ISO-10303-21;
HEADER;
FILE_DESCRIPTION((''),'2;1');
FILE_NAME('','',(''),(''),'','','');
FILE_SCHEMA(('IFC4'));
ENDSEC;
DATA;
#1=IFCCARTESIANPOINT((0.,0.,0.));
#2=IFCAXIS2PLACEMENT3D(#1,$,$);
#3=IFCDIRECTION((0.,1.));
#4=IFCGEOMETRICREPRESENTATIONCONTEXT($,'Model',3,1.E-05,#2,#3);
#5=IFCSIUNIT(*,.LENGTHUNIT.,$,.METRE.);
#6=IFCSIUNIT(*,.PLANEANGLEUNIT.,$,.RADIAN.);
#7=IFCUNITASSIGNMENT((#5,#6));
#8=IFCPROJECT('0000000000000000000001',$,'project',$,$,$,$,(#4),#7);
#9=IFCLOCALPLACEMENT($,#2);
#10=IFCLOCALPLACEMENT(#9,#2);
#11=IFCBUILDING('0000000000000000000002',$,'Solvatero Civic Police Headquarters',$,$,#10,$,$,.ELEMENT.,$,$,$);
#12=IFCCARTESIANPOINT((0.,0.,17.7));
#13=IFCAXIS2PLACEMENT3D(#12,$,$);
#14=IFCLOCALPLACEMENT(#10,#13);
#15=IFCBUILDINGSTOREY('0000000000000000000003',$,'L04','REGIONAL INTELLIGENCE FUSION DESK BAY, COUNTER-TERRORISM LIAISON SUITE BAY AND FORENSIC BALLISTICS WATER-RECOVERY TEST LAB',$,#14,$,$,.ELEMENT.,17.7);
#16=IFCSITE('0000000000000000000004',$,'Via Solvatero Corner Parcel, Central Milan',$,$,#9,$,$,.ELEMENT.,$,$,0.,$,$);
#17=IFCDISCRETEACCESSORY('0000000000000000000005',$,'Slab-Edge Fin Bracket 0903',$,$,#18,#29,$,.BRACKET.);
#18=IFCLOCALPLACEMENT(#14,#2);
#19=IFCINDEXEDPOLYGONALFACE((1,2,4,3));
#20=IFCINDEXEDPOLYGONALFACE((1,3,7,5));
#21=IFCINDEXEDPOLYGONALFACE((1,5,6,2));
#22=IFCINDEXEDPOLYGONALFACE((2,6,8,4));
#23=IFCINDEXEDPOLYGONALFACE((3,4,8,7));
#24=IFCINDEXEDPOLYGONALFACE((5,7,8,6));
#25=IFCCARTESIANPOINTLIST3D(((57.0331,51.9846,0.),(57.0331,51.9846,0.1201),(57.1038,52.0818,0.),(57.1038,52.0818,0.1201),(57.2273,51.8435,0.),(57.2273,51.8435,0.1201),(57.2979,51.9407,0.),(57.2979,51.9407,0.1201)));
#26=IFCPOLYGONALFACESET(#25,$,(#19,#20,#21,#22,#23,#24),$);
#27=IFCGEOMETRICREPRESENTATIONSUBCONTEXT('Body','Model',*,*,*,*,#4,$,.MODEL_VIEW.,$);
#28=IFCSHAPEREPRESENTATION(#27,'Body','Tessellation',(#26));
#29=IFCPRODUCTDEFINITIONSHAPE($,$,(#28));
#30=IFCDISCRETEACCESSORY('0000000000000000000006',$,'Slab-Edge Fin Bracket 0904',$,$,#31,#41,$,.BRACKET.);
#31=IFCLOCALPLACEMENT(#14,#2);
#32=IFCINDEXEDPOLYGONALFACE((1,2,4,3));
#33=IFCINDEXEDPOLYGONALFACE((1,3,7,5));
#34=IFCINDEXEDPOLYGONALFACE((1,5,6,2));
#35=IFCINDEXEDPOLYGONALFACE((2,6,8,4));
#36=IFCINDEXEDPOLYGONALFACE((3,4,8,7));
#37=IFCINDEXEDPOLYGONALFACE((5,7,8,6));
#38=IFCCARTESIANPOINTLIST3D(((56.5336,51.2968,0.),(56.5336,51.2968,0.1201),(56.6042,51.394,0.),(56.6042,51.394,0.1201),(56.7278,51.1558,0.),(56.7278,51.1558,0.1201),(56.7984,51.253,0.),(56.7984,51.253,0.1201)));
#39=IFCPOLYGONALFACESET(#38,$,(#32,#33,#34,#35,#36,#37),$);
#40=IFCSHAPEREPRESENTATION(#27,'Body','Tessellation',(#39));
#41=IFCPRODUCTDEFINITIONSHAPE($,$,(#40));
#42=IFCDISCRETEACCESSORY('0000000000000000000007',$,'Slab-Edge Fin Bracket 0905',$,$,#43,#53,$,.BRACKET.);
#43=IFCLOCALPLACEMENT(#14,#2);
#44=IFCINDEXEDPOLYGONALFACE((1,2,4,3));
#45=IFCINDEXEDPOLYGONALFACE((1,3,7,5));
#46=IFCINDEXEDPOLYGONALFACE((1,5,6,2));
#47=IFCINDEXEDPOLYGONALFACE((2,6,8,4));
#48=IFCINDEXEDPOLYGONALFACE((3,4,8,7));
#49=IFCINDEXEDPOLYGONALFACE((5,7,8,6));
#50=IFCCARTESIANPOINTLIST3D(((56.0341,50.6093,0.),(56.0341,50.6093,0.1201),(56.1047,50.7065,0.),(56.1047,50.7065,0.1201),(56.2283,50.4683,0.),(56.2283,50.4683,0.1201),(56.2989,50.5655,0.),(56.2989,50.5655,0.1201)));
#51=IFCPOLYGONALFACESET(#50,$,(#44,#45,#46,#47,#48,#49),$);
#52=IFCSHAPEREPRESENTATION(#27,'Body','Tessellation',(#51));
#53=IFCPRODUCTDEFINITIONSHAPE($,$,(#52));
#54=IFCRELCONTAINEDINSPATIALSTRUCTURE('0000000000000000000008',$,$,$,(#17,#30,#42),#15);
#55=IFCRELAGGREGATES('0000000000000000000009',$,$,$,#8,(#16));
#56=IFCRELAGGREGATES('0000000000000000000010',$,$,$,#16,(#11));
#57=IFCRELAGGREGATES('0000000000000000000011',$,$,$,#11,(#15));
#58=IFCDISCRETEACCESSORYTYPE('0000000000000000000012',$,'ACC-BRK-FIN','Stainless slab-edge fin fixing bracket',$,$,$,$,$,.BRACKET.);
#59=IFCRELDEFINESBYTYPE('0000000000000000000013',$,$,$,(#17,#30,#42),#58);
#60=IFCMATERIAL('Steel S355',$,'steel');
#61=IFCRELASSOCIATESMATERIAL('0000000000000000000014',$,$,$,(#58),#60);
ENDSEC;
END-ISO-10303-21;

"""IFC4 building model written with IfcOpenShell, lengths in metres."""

from ifc_helpers import new_model, si_unit, direction, frame, origin, origin_2d, place, context, subcontext, project, spatial, rectangle, extrude, material, type_object, element, save


model = new_model("IFC4")

# Units and contexts
model_context = context("Model", 3, precision=1e-05, world=origin(), true_north=direction((0.0, 1.0)))
body_context = subcontext(model_context, "Body", "Model", "MODEL_VIEW")
ifc_project = project(units=[si_unit("LENGTHUNIT", "METRE"), si_unit("PLANEANGLEUNIT", "RADIAN")], contexts=[model_context])

# Site, building, storey
site_placement = place(None, origin())
site = spatial("IfcSite", under=ifc_project, at=site_placement, Name="Via Solvatero Corner Parcel, Central Milan", CompositionType="ELEMENT", RefElevation=0.0)
building_placement = place(site_placement, origin())
building = spatial("IfcBuilding", under=site, at=building_placement, Name="Solvatero Civic Police Headquarters", CompositionType="ELEMENT")
storey_placement = place(building_placement, frame((0.0, 0.0, 17.7)))
storey = spatial("IfcBuildingStorey", under=building, at=storey_placement, Name="L04", Description="REGIONAL INTELLIGENCE FUSION DESK BAY, COUNTER-TERRORISM LIAISON SUITE BAY AND FORENSIC BALLISTICS WATER-RECOVERY TEST LAB", CompositionType="ELEMENT", Elevation=17.7)

# Shared definitions
ifc_material_1 = material(Name="Steel S355", Category="steel")

# Discrete accessories
discrete_accessory_type = type_object("IfcDiscreteAccessoryType", Name="ACC-BRK-FIN", Description="Stainless slab-edge fin fixing bracket", PredefinedType="BRACKET", material=ifc_material_1)
for number, where, z_axis, x_axis, name in (
    (1, (57.1655, 51.9626, 0.0), (0.0, 0.0, 1.0), (-0.587799, -0.809007, 0.0), "Slab-Edge Fin Bracket 0903"),
    (2, (56.666, 51.2749, 0.0), (0.0, 0.0, 1.0), (-0.587799, -0.809007, 0.0), "Slab-Edge Fin Bracket 0904"),
    (3, (56.1665, 50.5874, 0.0), (0.0, 0.0, 1.0), (-0.587799, -0.809007, 0.0), "Slab-Edge Fin Bracket 0905"),
):
    element("IfcDiscreteAccessory", number, at=place(storey_placement, frame(where, z_axis=z_axis, x_axis=x_axis)), inside=storey, type_object=discrete_accessory_type, Name=name, PredefinedType="BRACKET", context=body_context, shape_type="SweptSolid", body=[
        extrude(rectangle(XDim=0.1201, YDim=0.24, at=origin_2d()), origin(), (0.0, 0.0, 1.0), 0.1201),
    ])

save(model, "model.ifc")
